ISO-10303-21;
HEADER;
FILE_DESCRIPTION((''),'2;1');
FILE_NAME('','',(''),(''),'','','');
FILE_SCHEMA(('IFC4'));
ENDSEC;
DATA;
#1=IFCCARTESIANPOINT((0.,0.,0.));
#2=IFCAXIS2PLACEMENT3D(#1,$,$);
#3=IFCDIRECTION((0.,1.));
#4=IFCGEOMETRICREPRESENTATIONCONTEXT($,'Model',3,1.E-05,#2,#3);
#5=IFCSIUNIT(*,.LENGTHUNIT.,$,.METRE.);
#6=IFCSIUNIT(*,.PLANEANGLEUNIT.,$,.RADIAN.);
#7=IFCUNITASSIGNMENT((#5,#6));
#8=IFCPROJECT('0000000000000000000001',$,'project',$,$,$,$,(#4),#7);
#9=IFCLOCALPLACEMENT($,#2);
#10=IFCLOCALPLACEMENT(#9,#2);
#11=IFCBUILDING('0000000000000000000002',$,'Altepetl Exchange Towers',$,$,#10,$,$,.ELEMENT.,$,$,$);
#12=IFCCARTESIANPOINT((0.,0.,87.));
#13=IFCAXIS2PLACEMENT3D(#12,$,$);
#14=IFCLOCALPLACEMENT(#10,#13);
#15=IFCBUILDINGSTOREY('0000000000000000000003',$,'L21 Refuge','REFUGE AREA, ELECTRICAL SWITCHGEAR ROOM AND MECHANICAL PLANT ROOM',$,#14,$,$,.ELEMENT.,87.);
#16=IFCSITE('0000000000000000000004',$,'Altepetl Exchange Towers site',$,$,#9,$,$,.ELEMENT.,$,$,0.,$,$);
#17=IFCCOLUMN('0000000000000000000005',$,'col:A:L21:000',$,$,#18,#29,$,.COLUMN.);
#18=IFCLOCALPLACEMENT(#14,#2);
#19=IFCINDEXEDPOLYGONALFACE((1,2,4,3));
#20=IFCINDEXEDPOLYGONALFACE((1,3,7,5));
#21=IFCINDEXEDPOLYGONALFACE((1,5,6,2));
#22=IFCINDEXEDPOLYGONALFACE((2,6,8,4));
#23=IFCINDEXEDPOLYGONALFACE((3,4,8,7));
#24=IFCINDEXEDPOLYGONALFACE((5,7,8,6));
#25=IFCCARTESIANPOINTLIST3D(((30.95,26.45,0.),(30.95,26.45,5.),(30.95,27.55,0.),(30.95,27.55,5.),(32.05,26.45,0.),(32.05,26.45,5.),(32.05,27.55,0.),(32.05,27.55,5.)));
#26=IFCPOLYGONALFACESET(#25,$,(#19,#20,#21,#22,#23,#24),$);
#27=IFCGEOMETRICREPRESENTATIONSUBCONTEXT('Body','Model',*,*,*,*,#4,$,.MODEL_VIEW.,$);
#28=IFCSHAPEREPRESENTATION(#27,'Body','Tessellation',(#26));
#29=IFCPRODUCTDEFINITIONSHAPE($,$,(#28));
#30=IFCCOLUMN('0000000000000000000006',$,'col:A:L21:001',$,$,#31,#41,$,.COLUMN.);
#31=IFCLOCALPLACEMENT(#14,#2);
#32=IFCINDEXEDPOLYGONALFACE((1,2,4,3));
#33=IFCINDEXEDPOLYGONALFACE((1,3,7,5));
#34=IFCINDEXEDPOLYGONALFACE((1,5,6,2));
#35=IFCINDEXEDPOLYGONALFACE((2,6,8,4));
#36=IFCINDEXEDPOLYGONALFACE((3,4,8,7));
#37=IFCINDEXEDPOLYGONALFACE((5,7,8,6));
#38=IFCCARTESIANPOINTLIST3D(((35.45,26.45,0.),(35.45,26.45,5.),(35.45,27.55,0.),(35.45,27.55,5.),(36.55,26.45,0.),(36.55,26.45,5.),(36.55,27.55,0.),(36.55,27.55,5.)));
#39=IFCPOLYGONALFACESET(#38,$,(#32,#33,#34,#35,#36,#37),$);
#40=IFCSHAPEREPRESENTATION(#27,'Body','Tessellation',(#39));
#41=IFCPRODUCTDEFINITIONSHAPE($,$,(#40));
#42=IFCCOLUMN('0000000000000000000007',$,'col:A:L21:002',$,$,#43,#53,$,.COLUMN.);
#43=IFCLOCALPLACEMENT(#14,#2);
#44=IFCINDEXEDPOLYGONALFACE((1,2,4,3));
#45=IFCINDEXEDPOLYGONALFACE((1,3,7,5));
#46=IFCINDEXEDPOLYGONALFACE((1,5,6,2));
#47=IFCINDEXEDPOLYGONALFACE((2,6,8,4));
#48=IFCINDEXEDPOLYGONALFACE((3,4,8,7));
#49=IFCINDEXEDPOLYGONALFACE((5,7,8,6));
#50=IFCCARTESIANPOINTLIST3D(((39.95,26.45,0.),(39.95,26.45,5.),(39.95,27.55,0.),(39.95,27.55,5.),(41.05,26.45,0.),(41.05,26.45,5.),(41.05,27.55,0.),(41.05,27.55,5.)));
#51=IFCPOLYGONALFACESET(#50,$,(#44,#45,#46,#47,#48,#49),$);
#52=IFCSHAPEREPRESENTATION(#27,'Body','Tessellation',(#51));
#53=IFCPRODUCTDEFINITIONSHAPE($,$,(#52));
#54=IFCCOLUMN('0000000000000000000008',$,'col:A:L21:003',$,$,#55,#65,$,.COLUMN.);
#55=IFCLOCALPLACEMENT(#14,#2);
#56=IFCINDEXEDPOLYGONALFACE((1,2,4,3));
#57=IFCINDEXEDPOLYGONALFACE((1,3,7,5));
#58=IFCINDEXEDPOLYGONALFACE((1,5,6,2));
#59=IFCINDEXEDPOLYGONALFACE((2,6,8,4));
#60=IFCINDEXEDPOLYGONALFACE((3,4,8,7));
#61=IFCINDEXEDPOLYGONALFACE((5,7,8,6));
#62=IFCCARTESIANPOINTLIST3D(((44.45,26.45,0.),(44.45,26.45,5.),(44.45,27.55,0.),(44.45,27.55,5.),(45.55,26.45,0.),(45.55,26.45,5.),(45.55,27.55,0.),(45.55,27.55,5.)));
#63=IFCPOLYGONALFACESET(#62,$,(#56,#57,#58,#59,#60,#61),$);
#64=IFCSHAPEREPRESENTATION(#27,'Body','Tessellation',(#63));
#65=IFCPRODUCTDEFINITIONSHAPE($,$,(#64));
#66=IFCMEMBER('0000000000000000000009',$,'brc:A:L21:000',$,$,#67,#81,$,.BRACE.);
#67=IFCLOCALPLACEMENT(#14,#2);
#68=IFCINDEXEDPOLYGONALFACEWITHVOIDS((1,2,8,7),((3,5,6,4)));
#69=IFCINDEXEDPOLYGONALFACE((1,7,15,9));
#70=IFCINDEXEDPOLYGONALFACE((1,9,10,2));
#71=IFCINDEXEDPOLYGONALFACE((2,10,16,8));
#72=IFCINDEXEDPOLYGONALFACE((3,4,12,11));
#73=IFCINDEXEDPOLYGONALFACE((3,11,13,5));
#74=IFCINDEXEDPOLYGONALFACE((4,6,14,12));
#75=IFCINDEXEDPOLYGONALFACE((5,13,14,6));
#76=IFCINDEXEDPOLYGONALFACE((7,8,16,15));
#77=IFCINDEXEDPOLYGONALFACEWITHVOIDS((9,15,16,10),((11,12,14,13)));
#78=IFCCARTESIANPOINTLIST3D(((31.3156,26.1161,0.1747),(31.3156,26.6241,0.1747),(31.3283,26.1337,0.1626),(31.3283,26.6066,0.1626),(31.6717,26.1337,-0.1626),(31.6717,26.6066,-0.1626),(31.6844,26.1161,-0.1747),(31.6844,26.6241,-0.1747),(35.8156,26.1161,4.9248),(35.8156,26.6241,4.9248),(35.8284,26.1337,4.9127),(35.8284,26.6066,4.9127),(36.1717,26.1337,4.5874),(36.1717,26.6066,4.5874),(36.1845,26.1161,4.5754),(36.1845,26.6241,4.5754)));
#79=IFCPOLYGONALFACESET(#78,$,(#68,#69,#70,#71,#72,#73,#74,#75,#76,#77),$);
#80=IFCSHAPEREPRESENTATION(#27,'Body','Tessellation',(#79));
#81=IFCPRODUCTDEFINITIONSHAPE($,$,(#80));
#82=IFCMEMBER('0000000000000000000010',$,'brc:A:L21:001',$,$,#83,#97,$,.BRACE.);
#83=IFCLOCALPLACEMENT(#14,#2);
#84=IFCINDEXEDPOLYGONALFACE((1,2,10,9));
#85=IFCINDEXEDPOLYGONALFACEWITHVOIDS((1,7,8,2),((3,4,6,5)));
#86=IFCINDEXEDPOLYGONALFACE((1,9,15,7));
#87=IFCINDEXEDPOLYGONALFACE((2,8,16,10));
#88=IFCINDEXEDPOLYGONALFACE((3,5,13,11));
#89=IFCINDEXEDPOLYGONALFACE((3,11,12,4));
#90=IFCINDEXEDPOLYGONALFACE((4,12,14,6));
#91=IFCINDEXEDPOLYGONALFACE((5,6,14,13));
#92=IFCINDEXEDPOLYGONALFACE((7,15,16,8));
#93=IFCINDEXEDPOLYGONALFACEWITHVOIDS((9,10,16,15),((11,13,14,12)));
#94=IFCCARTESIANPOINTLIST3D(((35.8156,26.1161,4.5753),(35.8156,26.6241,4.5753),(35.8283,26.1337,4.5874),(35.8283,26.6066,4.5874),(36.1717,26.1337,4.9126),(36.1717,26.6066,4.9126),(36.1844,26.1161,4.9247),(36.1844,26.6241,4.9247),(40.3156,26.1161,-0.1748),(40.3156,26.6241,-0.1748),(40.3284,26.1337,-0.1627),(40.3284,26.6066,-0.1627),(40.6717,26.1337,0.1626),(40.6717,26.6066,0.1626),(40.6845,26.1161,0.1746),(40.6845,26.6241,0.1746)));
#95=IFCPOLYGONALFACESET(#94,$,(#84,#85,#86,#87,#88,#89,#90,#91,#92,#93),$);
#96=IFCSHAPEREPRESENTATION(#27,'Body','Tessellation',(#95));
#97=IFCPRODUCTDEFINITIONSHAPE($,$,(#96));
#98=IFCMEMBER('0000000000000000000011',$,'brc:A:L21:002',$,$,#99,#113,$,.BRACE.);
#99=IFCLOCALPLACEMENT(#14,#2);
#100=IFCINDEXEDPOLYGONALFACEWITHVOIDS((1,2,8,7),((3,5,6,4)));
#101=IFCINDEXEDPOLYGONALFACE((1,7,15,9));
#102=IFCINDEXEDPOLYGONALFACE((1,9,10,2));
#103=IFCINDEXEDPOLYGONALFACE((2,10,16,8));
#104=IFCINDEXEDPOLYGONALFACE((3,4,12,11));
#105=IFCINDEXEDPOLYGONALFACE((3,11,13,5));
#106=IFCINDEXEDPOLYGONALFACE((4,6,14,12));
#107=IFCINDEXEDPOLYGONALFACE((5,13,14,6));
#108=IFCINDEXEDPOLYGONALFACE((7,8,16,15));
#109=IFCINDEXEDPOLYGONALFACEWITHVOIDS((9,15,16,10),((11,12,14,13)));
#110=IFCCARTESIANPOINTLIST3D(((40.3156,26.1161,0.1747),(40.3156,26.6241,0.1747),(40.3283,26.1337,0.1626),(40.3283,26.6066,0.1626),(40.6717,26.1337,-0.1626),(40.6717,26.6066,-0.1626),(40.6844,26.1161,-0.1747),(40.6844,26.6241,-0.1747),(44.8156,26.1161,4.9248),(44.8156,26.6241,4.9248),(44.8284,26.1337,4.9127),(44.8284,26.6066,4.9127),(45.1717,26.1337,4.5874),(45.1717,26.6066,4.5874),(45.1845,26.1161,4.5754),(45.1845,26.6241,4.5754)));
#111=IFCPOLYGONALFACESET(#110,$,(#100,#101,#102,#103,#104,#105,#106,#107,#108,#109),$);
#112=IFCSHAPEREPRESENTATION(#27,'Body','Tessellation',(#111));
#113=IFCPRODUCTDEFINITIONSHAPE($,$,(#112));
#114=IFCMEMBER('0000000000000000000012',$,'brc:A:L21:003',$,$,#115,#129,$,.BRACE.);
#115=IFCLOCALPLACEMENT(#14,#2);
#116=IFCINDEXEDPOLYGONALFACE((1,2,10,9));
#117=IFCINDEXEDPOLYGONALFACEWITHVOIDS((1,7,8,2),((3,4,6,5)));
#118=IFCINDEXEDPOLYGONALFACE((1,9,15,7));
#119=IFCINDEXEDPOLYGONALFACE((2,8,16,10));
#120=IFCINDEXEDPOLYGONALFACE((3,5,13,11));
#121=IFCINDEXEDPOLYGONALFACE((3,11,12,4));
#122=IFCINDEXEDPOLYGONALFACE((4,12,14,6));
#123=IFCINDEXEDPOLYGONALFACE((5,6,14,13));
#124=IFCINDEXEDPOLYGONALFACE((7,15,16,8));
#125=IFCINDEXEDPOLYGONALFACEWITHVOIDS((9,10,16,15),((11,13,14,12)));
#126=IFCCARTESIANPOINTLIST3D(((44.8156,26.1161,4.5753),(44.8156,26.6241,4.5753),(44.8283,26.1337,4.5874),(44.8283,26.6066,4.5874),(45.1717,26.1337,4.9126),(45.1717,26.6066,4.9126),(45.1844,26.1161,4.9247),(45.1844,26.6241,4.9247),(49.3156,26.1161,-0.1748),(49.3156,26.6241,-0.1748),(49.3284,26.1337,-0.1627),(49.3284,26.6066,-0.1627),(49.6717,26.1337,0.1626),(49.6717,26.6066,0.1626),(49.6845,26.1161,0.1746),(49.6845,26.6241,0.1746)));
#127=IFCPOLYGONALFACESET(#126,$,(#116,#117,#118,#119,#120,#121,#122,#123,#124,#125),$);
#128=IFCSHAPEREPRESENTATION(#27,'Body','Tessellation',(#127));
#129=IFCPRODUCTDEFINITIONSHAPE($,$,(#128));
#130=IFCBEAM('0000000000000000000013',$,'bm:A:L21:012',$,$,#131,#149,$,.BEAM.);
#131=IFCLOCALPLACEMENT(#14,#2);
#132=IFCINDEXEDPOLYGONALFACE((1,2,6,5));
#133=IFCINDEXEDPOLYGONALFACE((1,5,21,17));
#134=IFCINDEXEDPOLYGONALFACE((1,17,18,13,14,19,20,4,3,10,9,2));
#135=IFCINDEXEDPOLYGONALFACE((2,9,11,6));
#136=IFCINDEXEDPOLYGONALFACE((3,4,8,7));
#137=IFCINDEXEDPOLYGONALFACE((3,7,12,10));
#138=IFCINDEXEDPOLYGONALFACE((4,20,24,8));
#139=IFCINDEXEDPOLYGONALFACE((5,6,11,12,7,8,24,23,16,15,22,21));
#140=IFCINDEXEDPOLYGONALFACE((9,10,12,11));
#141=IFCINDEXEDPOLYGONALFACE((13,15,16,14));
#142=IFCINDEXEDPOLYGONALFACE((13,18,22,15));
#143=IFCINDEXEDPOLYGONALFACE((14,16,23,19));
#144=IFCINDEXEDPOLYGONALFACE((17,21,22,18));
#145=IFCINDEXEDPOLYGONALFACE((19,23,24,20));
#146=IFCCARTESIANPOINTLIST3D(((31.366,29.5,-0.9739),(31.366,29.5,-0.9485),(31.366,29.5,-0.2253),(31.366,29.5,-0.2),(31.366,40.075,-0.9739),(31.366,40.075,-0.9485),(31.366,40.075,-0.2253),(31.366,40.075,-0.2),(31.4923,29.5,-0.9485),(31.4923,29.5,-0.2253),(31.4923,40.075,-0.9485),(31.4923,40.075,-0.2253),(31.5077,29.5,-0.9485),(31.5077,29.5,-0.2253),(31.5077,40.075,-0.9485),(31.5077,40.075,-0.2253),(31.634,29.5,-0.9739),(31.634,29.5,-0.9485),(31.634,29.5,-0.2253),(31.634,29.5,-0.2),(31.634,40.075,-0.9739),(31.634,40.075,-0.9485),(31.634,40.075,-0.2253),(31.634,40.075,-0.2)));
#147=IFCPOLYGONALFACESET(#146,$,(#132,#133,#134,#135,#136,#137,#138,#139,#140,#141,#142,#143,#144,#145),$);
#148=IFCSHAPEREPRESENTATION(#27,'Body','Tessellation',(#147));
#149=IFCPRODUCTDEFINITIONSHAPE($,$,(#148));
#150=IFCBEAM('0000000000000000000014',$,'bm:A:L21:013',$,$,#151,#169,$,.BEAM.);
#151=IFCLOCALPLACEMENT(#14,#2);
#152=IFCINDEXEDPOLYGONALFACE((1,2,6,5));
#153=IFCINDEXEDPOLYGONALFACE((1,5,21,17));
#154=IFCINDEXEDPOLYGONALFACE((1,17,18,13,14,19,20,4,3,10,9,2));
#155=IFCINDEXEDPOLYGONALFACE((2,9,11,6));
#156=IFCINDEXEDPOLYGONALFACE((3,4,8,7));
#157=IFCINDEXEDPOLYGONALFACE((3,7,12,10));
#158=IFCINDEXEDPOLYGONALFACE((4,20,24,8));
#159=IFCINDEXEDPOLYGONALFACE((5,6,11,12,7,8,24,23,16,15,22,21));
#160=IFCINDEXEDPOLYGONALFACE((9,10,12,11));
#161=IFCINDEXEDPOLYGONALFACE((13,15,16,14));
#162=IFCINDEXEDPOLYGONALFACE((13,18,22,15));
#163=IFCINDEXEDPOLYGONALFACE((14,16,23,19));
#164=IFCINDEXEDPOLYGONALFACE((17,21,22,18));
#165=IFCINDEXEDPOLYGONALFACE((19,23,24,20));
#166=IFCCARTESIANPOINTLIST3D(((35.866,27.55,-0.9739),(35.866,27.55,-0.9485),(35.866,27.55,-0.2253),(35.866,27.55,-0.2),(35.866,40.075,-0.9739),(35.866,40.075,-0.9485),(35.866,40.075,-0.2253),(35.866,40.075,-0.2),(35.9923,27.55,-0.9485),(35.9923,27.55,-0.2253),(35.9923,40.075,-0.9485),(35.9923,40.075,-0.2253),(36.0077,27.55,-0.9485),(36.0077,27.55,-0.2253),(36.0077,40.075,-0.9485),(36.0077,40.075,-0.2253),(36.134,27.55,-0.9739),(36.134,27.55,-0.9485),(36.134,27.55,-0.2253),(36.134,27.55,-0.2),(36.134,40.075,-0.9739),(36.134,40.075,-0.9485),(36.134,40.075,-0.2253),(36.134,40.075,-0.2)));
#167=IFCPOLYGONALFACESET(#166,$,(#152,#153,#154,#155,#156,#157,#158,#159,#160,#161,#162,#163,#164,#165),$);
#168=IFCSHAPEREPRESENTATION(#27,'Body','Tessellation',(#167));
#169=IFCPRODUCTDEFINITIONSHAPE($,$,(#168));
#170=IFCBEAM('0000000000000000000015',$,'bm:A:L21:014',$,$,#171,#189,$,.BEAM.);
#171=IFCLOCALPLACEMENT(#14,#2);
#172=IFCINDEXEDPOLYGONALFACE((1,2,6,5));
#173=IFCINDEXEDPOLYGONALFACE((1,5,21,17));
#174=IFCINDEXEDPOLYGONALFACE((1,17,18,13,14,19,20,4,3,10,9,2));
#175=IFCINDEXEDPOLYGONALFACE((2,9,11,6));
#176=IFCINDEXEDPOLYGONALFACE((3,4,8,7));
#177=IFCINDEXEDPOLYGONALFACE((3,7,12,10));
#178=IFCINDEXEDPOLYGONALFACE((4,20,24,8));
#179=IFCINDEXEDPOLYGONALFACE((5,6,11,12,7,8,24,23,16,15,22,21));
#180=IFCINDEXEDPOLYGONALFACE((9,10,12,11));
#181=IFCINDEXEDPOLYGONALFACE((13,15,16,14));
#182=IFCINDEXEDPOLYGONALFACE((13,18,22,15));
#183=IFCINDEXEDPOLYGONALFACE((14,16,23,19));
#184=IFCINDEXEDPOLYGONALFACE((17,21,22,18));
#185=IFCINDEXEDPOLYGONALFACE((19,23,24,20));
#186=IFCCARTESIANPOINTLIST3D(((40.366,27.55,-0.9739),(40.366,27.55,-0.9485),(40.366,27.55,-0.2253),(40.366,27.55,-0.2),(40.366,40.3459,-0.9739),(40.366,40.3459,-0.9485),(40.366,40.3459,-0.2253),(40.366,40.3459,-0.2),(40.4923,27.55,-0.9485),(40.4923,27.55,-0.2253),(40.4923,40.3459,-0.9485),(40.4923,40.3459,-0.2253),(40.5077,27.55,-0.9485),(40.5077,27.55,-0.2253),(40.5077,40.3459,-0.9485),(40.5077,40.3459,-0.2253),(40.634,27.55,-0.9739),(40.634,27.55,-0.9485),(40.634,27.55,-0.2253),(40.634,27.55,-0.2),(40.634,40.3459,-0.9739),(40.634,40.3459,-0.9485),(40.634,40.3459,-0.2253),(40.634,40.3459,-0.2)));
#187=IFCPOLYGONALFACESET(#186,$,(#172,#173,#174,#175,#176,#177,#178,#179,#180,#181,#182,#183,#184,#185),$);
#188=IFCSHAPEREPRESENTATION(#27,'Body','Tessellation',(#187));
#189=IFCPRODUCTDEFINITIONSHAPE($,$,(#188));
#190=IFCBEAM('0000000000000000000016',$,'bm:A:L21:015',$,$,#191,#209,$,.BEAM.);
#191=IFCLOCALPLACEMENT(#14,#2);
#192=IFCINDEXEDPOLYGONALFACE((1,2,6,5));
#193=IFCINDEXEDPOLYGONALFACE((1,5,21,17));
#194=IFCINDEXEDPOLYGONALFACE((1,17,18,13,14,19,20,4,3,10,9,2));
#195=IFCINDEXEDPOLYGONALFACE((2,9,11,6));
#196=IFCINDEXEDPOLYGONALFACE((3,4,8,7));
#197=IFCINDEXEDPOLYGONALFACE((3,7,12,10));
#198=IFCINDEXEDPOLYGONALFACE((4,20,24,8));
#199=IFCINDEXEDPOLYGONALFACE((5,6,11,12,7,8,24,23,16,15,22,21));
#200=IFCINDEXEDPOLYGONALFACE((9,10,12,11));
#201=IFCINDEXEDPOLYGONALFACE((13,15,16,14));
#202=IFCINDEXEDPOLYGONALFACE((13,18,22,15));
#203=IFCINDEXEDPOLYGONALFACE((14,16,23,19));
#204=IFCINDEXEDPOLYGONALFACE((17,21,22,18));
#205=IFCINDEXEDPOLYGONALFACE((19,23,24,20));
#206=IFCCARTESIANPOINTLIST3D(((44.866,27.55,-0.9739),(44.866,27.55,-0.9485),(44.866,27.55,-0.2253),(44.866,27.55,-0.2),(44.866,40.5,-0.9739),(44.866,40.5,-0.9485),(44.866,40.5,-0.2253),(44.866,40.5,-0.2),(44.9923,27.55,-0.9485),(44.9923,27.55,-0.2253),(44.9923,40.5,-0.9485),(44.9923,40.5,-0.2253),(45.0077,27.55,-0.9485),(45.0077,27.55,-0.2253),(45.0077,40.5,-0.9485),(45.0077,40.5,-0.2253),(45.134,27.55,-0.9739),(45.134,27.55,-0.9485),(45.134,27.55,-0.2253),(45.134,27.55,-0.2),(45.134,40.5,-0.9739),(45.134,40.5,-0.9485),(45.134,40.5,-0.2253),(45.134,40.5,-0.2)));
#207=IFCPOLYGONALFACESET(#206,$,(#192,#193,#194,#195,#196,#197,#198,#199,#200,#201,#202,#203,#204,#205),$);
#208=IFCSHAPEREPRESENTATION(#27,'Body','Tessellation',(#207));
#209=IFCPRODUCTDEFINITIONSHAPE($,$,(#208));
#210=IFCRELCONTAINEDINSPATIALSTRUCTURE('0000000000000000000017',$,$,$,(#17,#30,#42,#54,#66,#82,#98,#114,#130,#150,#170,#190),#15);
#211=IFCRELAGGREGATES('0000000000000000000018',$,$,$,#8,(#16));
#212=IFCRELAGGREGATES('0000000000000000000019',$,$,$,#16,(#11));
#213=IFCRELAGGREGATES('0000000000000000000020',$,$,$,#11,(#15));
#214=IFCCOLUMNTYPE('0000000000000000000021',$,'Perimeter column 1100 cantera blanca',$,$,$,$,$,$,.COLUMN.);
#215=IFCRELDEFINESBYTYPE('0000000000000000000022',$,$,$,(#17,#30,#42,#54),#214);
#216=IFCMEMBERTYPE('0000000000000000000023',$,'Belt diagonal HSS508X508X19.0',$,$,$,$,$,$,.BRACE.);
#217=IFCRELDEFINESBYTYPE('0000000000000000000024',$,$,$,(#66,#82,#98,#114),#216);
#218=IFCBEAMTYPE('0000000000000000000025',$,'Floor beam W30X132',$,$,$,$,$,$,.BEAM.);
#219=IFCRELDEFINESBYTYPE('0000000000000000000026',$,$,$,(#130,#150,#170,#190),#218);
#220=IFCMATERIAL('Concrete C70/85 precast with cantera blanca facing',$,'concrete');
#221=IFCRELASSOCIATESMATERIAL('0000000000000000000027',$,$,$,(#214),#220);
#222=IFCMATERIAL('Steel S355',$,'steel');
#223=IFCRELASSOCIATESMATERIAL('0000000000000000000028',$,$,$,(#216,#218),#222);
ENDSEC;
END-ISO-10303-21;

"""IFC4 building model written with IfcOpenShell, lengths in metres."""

from ifc_helpers import new_model, si_unit, direction, frame, origin, origin_2d, place, context, subcontext, project, spatial, rectangle, hollow_rectangle, i_section, extrude, material, material_profile, profile_set, type_object, element, save


model = new_model("IFC4")

# Units and contexts
model_context = context("Model", 3, precision=1e-05, world=origin(), true_north=direction((0.0, 1.0)))
body_context = subcontext(model_context, "Body", "Model", "MODEL_VIEW")
ifc_project = project(units=[si_unit("LENGTHUNIT", "METRE"), si_unit("PLANEANGLEUNIT", "RADIAN")], contexts=[model_context])

# Site, building, storey
site_placement = place(None, origin())
site = spatial("IfcSite", under=ifc_project, at=site_placement, Name="Altepetl Exchange Towers site", CompositionType="ELEMENT", RefElevation=0.0)
building_placement = place(site_placement, origin())
building = spatial("IfcBuilding", under=site, at=building_placement, Name="Altepetl Exchange Towers", CompositionType="ELEMENT")
storey_placement = place(building_placement, frame((0.0, 0.0, 87.0)))
storey = spatial("IfcBuildingStorey", under=building, at=storey_placement, Name="L21 Refuge", Description="REFUGE AREA, ELECTRICAL SWITCHGEAR ROOM AND MECHANICAL PLANT ROOM", CompositionType="ELEMENT", Elevation=87.0)

# Columns
ifc_material_1 = material(Name="Concrete C70/85 precast with cantera blanca facing", Category="concrete")
ifc_material_profile_1 = material_profile(ifc_material_1, rectangle(XDim=1.1001, YDim=1.1001, at=origin_2d()), Name="1100 x 1100")
ifc_profile_set_1 = profile_set([ifc_material_profile_1], Name="Concrete C70/85 precast with cantera blanca facing")
column_type = type_object("IfcColumnType", Name="Perimeter column 1100 cantera blanca", PredefinedType="COLUMN", material=ifc_profile_set_1)
for number, where, name in (
    (1, (31.5, 27.0, 0.0), "col:A:L21:000"),
    (2, (36.0, 27.0, 0.0), "col:A:L21:001"),
    (3, (40.5, 27.0, 0.0), "col:A:L21:002"),
    (4, (45.0, 27.0, 0.0), "col:A:L21:003"),
):
    element("IfcColumn", number, at=place(storey_placement, frame(where)), inside=storey, type_object=column_type, Name=name, PredefinedType="COLUMN", context=body_context, shape_type="SweptSolid", body=[
        extrude(rectangle(XDim=1.1001, YDim=1.1001, at=origin_2d()), origin(), (0.0, 0.0, 1.0), 5.0),
    ])

# Members
ifc_material_2 = material(Name="Steel S355", Category="steel")
ifc_material_profile_2 = material_profile(ifc_material_2, hollow_rectangle(XDim=0.5081, YDim=0.5081, WallThickness=0.0176, at=origin_2d()), Name="HSS508X508X19.0")
ifc_profile_set_2 = profile_set([ifc_material_profile_2], Name="Steel S355")
member_type_1 = type_object("IfcMemberType", Name="Belt diagonal HSS508X508X19.0", PredefinedType="BRACE", material=ifc_profile_set_2)
for number, where, z_axis, x_axis, name in (
    (5, (31.5, 26.3701, 0.0), (0.687745, 0.0, 0.725953), (0.0, 1.0, 0.0), "brc:A:L21:000"),
    (6, (36.0, 26.3701, 4.75), (0.687745, 0.0, -0.725953), (0.0, 1.0, 0.0), "brc:A:L21:001"),
    (7, (40.5, 26.3701, 0.0), (0.687745, 0.0, 0.725953), (0.0, 1.0, 0.0), "brc:A:L21:002"),
    (8, (45.0, 26.3701, 4.75), (0.687745, 0.0, -0.725953), (0.0, 1.0, 0.0), "brc:A:L21:003"),
):
    element("IfcMember", number, at=place(storey_placement, frame(where, z_axis=z_axis, x_axis=x_axis)), inside=storey, type_object=member_type_1, Name=name, PredefinedType="BRACE", context=body_context, shape_type="SweptSolid", body=[
        extrude(hollow_rectangle(XDim=0.5081, YDim=0.5081, WallThickness=0.0176, at=origin_2d()), origin(), (0.0, 0.0, 1.0), 6.5432),
    ])

# Beams
ifc_material_profile_3 = material_profile(ifc_material_2, i_section(OverallWidth=0.2681, OverallDepth=0.7739, WebThickness=0.0154, FlangeThickness=0.0254, at=origin_2d()), Name="W30X132")
ifc_profile_set_3 = profile_set([ifc_material_profile_3], Name="Steel S355")
beam_type_1 = type_object("IfcBeamType", Name="Floor beam W30X132", PredefinedType="BEAM", material=ifc_profile_set_3)
beam_1_placement = place(storey_placement, frame((31.5, 29.5, -0.5869), z_axis=(0.0, 1.0, 0.0), x_axis=(-1.0, 0.0, 0.0)))
element("IfcBeam", 9, at=beam_1_placement, inside=storey, type_object=beam_type_1, Name="bm:A:L21:012", PredefinedType="BEAM", context=body_context, shape_type="SweptSolid", body=[
    extrude(i_section(OverallWidth=0.2681, OverallDepth=0.7739, WebThickness=0.0154, FlangeThickness=0.0254, at=origin_2d()), origin(), (0.0, 0.0, 1.0), 10.575),
])
beam_2_placement = place(storey_placement, frame((36.0, 27.55, -0.5869), z_axis=(0.0, 1.0, 0.0), x_axis=(-1.0, 0.0, 0.0)))
element("IfcBeam", 10, at=beam_2_placement, inside=storey, type_object=beam_type_1, Name="bm:A:L21:013", PredefinedType="BEAM", context=body_context, shape_type="SweptSolid", body=[
    extrude(i_section(OverallWidth=0.2681, OverallDepth=0.7739, WebThickness=0.0154, FlangeThickness=0.0254, at=origin_2d()), origin(), (0.0, 0.0, 1.0), 12.5249),
])
beam_3_placement = place(storey_placement, frame((40.5, 27.55, -0.5869), z_axis=(0.0, 1.0, 0.0), x_axis=(-1.0, 0.0, 0.0)))
element("IfcBeam", 11, at=beam_3_placement, inside=storey, type_object=beam_type_1, Name="bm:A:L21:014", PredefinedType="BEAM", context=body_context, shape_type="SweptSolid", body=[
    extrude(i_section(OverallWidth=0.2681, OverallDepth=0.7739, WebThickness=0.0154, FlangeThickness=0.0254, at=origin_2d()), origin(), (0.0, 0.0, 1.0), 12.7959),
])
beam_4_placement = place(storey_placement, frame((45.0, 27.55, -0.5869), z_axis=(0.0, 1.0, 0.0), x_axis=(-1.0, 0.0, 0.0)))
element("IfcBeam", 12, at=beam_4_placement, inside=storey, type_object=beam_type_1, Name="bm:A:L21:015", PredefinedType="BEAM", context=body_context, shape_type="SweptSolid", body=[
    extrude(i_section(OverallWidth=0.2681, OverallDepth=0.7739, WebThickness=0.0154, FlangeThickness=0.0254, at=origin_2d()), origin(), (0.0, 0.0, 1.0), 12.95),
])

save(model, "model.ifc")
